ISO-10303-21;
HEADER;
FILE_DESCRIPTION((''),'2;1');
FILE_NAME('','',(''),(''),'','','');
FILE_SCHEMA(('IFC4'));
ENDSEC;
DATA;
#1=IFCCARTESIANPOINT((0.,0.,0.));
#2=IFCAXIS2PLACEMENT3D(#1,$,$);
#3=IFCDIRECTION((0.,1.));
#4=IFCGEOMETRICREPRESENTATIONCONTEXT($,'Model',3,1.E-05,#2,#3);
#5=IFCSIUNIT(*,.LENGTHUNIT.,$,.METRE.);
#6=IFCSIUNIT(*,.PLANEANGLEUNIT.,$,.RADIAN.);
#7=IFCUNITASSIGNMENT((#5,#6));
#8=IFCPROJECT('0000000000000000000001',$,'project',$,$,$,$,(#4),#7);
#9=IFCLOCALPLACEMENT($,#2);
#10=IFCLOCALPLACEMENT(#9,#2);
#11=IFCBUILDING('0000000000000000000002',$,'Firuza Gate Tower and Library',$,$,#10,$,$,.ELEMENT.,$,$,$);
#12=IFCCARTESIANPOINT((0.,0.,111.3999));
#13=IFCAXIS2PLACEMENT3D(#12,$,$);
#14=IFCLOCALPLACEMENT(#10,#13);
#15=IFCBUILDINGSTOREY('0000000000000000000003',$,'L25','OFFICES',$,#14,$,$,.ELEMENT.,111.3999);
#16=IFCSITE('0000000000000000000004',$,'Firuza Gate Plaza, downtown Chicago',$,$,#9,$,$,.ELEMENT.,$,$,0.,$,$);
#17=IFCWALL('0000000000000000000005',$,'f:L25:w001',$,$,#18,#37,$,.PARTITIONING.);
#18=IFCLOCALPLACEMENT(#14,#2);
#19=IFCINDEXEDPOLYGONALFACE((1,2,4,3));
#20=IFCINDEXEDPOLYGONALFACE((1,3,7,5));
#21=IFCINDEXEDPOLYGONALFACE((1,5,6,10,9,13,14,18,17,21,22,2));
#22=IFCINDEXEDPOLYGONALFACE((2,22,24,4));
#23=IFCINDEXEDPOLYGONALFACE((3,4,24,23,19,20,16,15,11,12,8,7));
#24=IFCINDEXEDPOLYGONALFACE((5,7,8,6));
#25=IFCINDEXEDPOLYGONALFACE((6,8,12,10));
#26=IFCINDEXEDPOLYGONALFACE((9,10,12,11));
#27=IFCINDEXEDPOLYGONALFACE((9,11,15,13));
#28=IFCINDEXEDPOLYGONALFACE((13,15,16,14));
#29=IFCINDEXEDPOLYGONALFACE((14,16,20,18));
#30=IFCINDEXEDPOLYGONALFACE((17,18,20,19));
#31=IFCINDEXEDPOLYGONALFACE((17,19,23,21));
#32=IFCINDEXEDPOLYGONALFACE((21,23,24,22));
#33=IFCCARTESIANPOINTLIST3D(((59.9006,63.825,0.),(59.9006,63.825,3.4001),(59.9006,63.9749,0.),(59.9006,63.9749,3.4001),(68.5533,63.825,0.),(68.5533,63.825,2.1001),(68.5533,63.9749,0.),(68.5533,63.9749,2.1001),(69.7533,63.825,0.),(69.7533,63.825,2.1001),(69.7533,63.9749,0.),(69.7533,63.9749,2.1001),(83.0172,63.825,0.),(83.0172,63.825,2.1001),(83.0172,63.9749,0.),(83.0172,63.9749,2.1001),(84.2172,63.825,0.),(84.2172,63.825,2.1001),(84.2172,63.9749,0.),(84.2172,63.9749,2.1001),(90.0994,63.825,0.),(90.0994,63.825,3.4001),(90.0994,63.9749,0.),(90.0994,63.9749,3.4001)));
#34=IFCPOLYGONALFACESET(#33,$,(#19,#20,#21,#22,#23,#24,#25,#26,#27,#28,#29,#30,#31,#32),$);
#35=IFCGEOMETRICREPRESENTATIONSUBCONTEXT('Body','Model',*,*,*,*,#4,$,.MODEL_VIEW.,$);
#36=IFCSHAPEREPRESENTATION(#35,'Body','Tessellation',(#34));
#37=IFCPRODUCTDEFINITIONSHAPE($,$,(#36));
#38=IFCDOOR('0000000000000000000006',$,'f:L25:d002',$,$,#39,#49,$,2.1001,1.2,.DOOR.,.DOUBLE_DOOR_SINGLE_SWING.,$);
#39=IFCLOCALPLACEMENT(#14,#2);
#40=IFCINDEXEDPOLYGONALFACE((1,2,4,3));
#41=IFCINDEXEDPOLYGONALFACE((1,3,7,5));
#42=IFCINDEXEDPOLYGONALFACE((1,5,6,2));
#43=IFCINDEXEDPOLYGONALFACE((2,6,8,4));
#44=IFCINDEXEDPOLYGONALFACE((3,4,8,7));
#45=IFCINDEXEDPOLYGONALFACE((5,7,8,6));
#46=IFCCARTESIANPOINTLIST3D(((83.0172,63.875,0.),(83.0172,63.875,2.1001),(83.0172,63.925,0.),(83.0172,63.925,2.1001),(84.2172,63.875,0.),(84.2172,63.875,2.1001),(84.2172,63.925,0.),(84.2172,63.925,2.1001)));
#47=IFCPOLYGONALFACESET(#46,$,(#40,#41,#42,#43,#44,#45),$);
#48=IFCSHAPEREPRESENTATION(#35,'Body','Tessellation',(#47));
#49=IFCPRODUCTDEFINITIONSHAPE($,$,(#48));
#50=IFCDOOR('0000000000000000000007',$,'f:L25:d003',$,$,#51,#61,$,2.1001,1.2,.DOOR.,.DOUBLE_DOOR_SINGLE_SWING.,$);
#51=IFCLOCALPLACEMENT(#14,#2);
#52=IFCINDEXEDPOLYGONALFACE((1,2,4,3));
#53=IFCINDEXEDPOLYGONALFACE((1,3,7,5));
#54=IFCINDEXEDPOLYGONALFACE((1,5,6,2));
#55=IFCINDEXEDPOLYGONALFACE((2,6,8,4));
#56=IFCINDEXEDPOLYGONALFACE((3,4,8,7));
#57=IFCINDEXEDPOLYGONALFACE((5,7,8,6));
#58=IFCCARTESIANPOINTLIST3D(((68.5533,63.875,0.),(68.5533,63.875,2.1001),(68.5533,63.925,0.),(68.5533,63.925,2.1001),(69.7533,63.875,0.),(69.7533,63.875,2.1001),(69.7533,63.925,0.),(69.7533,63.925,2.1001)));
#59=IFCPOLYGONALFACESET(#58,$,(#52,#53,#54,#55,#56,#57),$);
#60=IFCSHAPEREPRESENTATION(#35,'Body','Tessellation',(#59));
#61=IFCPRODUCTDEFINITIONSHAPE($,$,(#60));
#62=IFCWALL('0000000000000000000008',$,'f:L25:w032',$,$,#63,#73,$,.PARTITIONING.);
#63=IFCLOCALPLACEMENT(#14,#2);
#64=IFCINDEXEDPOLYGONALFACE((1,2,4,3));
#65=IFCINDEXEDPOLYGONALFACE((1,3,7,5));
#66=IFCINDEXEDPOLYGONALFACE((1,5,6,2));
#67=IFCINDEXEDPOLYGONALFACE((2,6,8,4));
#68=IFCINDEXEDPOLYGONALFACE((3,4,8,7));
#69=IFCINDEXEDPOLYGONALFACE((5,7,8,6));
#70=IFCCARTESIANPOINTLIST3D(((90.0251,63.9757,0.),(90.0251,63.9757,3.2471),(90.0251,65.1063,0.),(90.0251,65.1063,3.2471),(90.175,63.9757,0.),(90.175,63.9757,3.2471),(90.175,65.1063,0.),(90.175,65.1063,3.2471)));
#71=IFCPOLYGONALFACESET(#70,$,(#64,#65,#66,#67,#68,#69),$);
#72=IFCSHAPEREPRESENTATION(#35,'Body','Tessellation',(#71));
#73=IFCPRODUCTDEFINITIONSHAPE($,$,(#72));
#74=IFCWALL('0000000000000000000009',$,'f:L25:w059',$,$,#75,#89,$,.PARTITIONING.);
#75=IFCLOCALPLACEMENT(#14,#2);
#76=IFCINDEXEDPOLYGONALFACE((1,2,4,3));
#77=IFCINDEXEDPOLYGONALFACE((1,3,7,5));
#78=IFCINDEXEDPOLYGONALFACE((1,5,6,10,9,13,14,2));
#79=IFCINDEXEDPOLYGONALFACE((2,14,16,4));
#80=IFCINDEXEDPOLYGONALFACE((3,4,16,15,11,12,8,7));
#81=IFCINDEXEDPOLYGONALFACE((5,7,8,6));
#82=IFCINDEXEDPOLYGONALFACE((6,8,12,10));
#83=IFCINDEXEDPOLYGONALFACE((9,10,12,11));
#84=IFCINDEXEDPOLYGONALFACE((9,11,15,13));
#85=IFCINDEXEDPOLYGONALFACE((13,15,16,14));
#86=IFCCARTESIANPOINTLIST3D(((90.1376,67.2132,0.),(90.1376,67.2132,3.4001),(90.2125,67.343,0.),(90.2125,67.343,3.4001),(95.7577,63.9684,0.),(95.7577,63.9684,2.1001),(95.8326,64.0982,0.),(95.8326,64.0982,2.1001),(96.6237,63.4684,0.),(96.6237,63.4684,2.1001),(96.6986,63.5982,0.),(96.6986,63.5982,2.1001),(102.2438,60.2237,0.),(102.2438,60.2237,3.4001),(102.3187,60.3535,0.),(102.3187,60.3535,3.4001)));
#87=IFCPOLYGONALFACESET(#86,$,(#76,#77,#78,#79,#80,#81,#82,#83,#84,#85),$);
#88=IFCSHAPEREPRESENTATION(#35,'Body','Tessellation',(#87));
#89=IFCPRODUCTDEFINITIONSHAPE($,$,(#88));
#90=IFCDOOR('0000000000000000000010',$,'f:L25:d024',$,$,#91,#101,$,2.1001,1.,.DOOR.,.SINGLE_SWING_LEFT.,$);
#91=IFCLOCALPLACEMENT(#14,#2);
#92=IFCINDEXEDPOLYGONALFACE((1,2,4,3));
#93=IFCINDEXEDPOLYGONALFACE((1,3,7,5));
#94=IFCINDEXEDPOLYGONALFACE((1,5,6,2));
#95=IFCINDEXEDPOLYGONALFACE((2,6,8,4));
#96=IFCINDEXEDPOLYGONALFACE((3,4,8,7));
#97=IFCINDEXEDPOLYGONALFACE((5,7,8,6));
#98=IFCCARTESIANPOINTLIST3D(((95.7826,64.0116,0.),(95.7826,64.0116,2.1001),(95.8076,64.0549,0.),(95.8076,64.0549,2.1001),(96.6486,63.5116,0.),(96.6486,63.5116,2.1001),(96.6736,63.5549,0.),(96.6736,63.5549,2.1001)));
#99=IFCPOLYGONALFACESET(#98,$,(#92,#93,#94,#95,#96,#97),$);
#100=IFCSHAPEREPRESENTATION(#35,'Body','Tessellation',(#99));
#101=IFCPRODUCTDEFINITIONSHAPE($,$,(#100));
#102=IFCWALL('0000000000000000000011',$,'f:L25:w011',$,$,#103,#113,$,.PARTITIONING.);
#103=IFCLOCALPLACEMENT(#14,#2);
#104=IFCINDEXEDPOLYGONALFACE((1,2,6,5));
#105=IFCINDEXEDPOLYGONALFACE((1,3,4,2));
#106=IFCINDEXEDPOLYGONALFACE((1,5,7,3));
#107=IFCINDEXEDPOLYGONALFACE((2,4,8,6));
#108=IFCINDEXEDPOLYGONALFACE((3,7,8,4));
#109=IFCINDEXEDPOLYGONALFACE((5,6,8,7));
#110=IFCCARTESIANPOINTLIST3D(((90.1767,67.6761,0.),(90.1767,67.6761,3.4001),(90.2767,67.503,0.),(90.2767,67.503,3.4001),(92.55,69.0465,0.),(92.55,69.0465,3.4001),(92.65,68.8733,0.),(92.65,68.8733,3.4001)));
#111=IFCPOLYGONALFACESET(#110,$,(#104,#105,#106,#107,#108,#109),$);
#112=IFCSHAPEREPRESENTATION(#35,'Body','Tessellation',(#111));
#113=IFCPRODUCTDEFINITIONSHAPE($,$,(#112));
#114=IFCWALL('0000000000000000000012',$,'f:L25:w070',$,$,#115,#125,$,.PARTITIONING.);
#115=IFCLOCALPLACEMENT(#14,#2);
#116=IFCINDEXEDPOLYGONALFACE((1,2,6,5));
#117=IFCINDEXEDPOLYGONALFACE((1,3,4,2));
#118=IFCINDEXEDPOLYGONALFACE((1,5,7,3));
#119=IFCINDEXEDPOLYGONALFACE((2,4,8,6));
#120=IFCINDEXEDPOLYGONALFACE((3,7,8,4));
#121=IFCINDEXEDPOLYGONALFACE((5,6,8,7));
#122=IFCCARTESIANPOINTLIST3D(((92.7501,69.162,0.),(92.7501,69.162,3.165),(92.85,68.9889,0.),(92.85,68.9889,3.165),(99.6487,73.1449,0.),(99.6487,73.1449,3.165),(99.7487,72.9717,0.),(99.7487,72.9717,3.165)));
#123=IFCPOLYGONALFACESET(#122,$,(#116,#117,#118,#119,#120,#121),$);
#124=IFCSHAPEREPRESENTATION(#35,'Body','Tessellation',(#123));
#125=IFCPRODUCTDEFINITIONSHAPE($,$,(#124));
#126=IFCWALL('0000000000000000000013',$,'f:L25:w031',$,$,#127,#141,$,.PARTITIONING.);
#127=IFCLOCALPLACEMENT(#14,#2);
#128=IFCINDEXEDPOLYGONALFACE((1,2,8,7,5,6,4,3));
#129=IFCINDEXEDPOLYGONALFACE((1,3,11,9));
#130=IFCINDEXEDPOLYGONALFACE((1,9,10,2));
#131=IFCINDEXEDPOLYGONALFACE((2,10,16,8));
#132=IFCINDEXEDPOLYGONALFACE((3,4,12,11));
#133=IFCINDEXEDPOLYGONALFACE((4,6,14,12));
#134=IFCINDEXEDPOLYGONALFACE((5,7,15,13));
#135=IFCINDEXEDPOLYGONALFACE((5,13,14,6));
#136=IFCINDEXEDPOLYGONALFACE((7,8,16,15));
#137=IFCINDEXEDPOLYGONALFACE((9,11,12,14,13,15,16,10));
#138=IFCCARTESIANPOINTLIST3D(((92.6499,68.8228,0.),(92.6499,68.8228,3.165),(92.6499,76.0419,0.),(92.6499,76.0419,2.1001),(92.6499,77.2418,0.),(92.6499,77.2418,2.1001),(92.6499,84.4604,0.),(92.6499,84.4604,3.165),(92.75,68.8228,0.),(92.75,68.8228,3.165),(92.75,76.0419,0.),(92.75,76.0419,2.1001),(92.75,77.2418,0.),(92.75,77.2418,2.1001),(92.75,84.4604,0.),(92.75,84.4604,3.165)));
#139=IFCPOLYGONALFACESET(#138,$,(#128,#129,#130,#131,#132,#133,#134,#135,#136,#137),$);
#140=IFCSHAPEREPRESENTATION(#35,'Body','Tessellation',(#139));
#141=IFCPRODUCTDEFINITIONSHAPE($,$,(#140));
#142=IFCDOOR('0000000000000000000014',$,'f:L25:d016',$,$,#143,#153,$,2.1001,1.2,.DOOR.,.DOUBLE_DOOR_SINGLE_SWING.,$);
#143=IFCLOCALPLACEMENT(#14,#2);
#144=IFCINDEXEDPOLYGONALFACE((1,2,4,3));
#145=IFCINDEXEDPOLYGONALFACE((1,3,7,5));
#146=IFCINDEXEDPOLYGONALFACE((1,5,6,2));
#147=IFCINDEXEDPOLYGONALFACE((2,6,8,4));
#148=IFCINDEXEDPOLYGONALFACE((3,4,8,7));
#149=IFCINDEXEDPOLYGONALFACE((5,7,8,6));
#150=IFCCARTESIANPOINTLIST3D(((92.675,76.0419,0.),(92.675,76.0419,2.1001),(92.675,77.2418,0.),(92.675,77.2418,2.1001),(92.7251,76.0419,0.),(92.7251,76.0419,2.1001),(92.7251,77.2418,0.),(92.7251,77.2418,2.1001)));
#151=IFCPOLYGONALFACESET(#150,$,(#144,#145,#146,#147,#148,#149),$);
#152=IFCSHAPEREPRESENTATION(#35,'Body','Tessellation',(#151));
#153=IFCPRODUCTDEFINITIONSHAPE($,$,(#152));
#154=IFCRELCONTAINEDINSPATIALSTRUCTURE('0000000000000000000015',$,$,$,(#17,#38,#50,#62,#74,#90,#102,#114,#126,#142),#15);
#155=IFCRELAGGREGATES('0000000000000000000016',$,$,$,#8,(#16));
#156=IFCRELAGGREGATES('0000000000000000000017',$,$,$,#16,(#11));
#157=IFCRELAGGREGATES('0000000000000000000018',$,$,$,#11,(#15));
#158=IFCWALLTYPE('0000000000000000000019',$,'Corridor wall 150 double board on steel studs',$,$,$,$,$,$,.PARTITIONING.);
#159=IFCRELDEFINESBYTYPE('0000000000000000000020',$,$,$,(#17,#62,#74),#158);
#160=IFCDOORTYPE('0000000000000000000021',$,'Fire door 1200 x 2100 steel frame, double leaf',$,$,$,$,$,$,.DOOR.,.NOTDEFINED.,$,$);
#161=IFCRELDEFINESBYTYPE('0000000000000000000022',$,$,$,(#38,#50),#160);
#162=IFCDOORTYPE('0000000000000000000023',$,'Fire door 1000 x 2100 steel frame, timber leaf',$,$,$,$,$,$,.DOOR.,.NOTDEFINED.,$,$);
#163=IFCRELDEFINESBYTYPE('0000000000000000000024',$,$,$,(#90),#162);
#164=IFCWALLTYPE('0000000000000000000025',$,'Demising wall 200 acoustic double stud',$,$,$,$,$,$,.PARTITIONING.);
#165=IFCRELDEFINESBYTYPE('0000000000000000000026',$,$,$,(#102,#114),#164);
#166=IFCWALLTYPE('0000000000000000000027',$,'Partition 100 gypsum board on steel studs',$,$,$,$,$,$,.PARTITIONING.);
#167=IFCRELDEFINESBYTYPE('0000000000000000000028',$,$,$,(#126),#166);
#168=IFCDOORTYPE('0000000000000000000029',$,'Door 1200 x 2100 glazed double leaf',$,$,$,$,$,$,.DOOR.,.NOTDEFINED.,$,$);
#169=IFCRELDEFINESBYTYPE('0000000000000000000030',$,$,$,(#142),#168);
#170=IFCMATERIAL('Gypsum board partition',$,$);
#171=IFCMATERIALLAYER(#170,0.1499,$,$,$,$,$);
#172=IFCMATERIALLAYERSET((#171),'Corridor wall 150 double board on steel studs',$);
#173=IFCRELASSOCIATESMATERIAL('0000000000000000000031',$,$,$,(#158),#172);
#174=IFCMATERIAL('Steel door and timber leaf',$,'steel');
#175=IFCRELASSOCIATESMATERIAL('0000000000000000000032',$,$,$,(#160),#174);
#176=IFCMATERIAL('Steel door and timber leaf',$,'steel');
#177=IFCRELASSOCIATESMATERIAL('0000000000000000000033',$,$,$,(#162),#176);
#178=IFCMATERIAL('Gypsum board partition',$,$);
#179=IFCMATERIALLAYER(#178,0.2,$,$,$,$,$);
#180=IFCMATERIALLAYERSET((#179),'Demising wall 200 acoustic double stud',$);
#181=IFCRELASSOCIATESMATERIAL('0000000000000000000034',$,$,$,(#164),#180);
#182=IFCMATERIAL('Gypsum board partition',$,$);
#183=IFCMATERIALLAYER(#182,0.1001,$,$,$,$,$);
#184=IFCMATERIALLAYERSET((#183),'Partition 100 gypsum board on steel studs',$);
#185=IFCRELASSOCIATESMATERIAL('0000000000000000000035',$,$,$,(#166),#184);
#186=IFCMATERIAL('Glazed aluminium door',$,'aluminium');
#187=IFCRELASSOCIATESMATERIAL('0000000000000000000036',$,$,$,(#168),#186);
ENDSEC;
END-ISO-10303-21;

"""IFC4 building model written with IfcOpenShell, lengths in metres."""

from ifc_helpers import new_model, si_unit, direction, frame, frame_2d, origin, place, context, subcontext, project, spatial, rectangle, extrude, material, layer, layer_set, type_object, element, fill, save


model = new_model("IFC4")

# Units and contexts
model_context = context("Model", 3, precision=1e-05, world=origin(), true_north=direction((0.0, 1.0)))
body_context = subcontext(model_context, "Body", "Model", "MODEL_VIEW")
ifc_project = project(units=[si_unit("LENGTHUNIT", "METRE"), si_unit("PLANEANGLEUNIT", "RADIAN")], contexts=[model_context])

# Site, building, storey
site_placement = place(None, origin())
site = spatial("IfcSite", under=ifc_project, at=site_placement, Name="Firuza Gate Plaza, downtown Chicago", CompositionType="ELEMENT", RefElevation=0.0)
building_placement = place(site_placement, origin())
building = spatial("IfcBuilding", under=site, at=building_placement, Name="Firuza Gate Tower and Library", CompositionType="ELEMENT")
storey_placement = place(building_placement, frame((0.0, 0.0, 111.3999)))
storey = spatial("IfcBuildingStorey", under=building, at=storey_placement, Name="L25", Description="OFFICES", CompositionType="ELEMENT", Elevation=111.3999)

# Wall, openings, doors
ifc_material_1 = material(Name="Gypsum board partition")
ifc_layer_1 = layer(ifc_material_1, 0.1499)
ifc_layer_set_1 = layer_set([ifc_layer_1], Name="Corridor wall 150 double board on steel studs")
wall_type_1 = type_object("IfcWallType", Name="Corridor wall 150 double board on steel studs", PredefinedType="PARTITIONING", material=ifc_layer_set_1)
wall_1_placement = place(storey_placement, frame((90.0994, 63.8999, 0.0), z_axis=(0.0, 0.0, 1.0), x_axis=(-1.0, 0.0, 0.0)))
wall_1 = element("IfcWall", 1, at=wall_1_placement, inside=storey, type_object=wall_type_1, Name="f:L25:w001", PredefinedType="PARTITIONING", context=body_context, shape_type="SweptSolid", body=[
    extrude(rectangle(XDim=30.1987, YDim=0.1499, at=frame_2d((15.0994, 0.0))), origin(), (0.0, 0.0, 1.0), 3.4001),
])
opening_1_placement = place(wall_1_placement, frame((5.8821, 0.0, 0.0)))
opening_1 = element("IfcOpeningElement", 2, at=opening_1_placement, cuts=wall_1, PredefinedType="OPENING", context=body_context, shape_type="SweptSolid", body=[
    extrude(rectangle(XDim=1.2, YDim=2.1001, at=frame_2d((0.6001, 1.05))), frame((0.0, 0.085, 0.0), z_axis=(0.0, -1.0, 0.0), x_axis=(1.0, 0.0, 0.0)), (0.0, 0.0, 1.0), 0.1699),
])
opening_2_placement = place(wall_1_placement, frame((20.3459, 0.0, 0.0)))
opening_2 = element("IfcOpeningElement", 3, at=opening_2_placement, cuts=wall_1, PredefinedType="OPENING", context=body_context, shape_type="SweptSolid", body=[
    extrude(rectangle(XDim=1.2, YDim=2.1001, at=frame_2d((0.6001, 1.05))), frame((0.0, 0.085, 0.0), z_axis=(0.0, -1.0, 0.0), x_axis=(1.0, 0.0, 0.0)), (0.0, 0.0, 1.0), 0.1699),
])
ifc_material_2 = material(Name="Steel door and timber leaf", Category="steel")
door_type_1 = type_object("IfcDoorType", Name="Fire door 1200 x 2100 steel frame, double leaf", OperationType="NOTDEFINED", PredefinedType="DOOR", material=ifc_material_2)
door_1_placement = place(opening_1_placement, origin())
door_1 = element("IfcDoor", 4, at=door_1_placement, inside=storey, type_object=door_type_1, Name="f:L25:d002", OperationType="DOUBLE_DOOR_SINGLE_SWING", OverallHeight=2.1001, OverallWidth=1.2, PredefinedType="DOOR", context=body_context, shape_type="SweptSolid", body=[
    extrude(rectangle(XDim=1.2, YDim=2.1001, at=frame_2d((0.6001, 1.05))), frame((0.0, 0.0249, 0.0), z_axis=(0.0, -1.0, 0.0), x_axis=(1.0, 0.0, 0.0)), (0.0, 0.0, 1.0), 0.05),
])
fill(opening_1, door_1)
door_2_placement = place(opening_2_placement, origin())
door_2 = element("IfcDoor", 5, at=door_2_placement, inside=storey, type_object=door_type_1, Name="f:L25:d003", OperationType="DOUBLE_DOOR_SINGLE_SWING", OverallHeight=2.1001, OverallWidth=1.2, PredefinedType="DOOR", context=body_context, shape_type="SweptSolid", body=[
    extrude(rectangle(XDim=1.2, YDim=2.1001, at=frame_2d((0.6001, 1.05))), frame((0.0, 0.0249, 0.0), z_axis=(0.0, -1.0, 0.0), x_axis=(1.0, 0.0, 0.0)), (0.0, 0.0, 1.0), 0.05),
])
fill(opening_2, door_2)

# Wall
wall_2_placement = place(storey_placement, frame((90.1001, 63.9756, 0.0), z_axis=(0.0, 0.0, 1.0), x_axis=(0.0, 1.0, 0.0)))
element("IfcWall", 6, at=wall_2_placement, inside=storey, type_object=wall_type_1, Name="f:L25:w032", PredefinedType="PARTITIONING", context=body_context, shape_type="SweptSolid", body=[
    extrude(rectangle(XDim=1.1306, YDim=0.1499, at=frame_2d((0.5654, 0.0))), origin(), (0.0, 0.0, 1.0), 3.2471),
])

# Wall, opening, door
wall_3_placement = place(storey_placement, frame((90.175, 67.2781, 0.0), z_axis=(0.0, 0.0, 1.0), x_axis=(0.866026, -0.499999, 0.0)))
wall_3 = element("IfcWall", 7, at=wall_3_placement, inside=storey, type_object=wall_type_1, Name="f:L25:w059", PredefinedType="PARTITIONING", context=body_context, shape_type="SweptSolid", body=[
    extrude(rectangle(XDim=13.979, YDim=0.1499, at=frame_2d((6.9895, 0.0))), origin(), (0.0, 0.0, 1.0), 3.4001),
])
opening_3_placement = place(wall_3_placement, frame((6.4895, 0.0, 0.0)))
opening_3 = element("IfcOpeningElement", 8, at=opening_3_placement, cuts=wall_3, PredefinedType="OPENING", context=body_context, shape_type="SweptSolid", body=[
    extrude(rectangle(XDim=1.0, YDim=2.1001, at=frame_2d((0.5, 1.05))), frame((0.0, 0.085, 0.0), z_axis=(0.0, -1.0, 0.0), x_axis=(1.0, 0.0, 0.0)), (0.0, 0.0, 1.0), 0.1699),
])
ifc_material_3 = material(Name="Steel door and timber leaf", Category="steel")
door_type_2 = type_object("IfcDoorType", Name="Fire door 1000 x 2100 steel frame, timber leaf", OperationType="NOTDEFINED", PredefinedType="DOOR", material=ifc_material_3)
door_3_placement = place(opening_3_placement, origin())
door_3 = element("IfcDoor", 9, at=door_3_placement, inside=storey, type_object=door_type_2, Name="f:L25:d024", OperationType="SINGLE_SWING_LEFT", OverallHeight=2.1001, OverallWidth=1.0, PredefinedType="DOOR", context=body_context, shape_type="SweptSolid", body=[
    extrude(rectangle(XDim=1.0, YDim=2.1001, at=frame_2d((0.5, 1.05))), frame((0.0, 0.0249, 0.0), z_axis=(0.0, -1.0, 0.0), x_axis=(1.0, 0.0, 0.0)), (0.0, 0.0, 1.0), 0.05),
])
fill(opening_3, door_3)

# Walls
ifc_material_4 = material(Name="Gypsum board partition")
ifc_layer_2 = layer(ifc_material_4, 0.2)
ifc_layer_set_2 = layer_set([ifc_layer_2], Name="Demising wall 200 acoustic double stud")
wall_type_2 = type_object("IfcWallType", Name="Demising wall 200 acoustic double stud", PredefinedType="PARTITIONING", material=ifc_layer_set_2)
wall_4_placement = place(storey_placement, frame((90.2268, 67.5896, 0.0), z_axis=(0.0, 0.0, 1.0), x_axis=(0.866003, 0.500039, 0.0)))
element("IfcWall", 10, at=wall_4_placement, inside=storey, type_object=wall_type_2, Name="f:L25:w011", PredefinedType="PARTITIONING", context=body_context, shape_type="SweptSolid", body=[
    extrude(rectangle(XDim=2.7405, YDim=0.2, at=frame_2d((1.3701, 0.0))), origin(), (0.0, 0.0, 1.0), 3.4001),
])
wall_5_placement = place(storey_placement, frame((92.8, 69.0754, 0.0), z_axis=(0.0, 0.0, 1.0), x_axis=(0.866028, 0.499996, 0.0)))
element("IfcWall", 11, at=wall_5_placement, inside=storey, type_object=wall_type_2, Name="f:L25:w070", PredefinedType="PARTITIONING", context=body_context, shape_type="SweptSolid", body=[
    extrude(rectangle(XDim=7.9658, YDim=0.2, at=frame_2d((3.9829, 0.0))), origin(), (0.0, 0.0, 1.0), 3.165),
])

# Wall, opening, door
ifc_material_5 = material(Name="Gypsum board partition")
ifc_layer_3 = layer(ifc_material_5, 0.1001)
ifc_layer_set_3 = layer_set([ifc_layer_3], Name="Partition 100 gypsum board on steel studs")
wall_type_3 = type_object("IfcWallType", Name="Partition 100 gypsum board on steel studs", PredefinedType="PARTITIONING", material=ifc_layer_set_3)
wall_6_placement = place(storey_placement, frame((92.7, 68.8228, 0.0), z_axis=(0.0, 0.0, 1.0), x_axis=(0.0, 1.0, 0.0)))
wall_6 = element("IfcWall", 12, at=wall_6_placement, inside=storey, type_object=wall_type_3, Name="f:L25:w031", PredefinedType="PARTITIONING", context=body_context, shape_type="SweptSolid", body=[
    extrude(rectangle(XDim=15.6377, YDim=0.1001, at=frame_2d((7.8188, 0.0))), origin(), (0.0, 0.0, 1.0), 3.165),
])
opening_4_placement = place(wall_6_placement, frame((7.219, 0.0, 0.0)))
opening_4 = element("IfcOpeningElement", 13, at=opening_4_placement, cuts=wall_6, PredefinedType="OPENING", context=body_context, shape_type="SweptSolid", body=[
    extrude(rectangle(XDim=1.2, YDim=2.1001, at=frame_2d((0.6001, 1.05))), frame((0.0, 0.0601, 0.0), z_axis=(0.0, -1.0, 0.0), x_axis=(1.0, 0.0, 0.0)), (0.0, 0.0, 1.0), 0.1201),
])
ifc_material_6 = material(Name="Glazed aluminium door", Category="aluminium")
door_type_3 = type_object("IfcDoorType", Name="Door 1200 x 2100 glazed double leaf", OperationType="NOTDEFINED", PredefinedType="DOOR", material=ifc_material_6)
door_4_placement = place(opening_4_placement, origin())
door_4 = element("IfcDoor", 14, at=door_4_placement, inside=storey, type_object=door_type_3, Name="f:L25:d016", OperationType="DOUBLE_DOOR_SINGLE_SWING", OverallHeight=2.1001, OverallWidth=1.2, PredefinedType="DOOR", context=body_context, shape_type="SweptSolid", body=[
    extrude(rectangle(XDim=1.2, YDim=2.1001, at=frame_2d((0.6001, 1.05))), frame((0.0, 0.0249, 0.0), z_axis=(0.0, -1.0, 0.0), x_axis=(1.0, 0.0, 0.0)), (0.0, 0.0, 1.0), 0.05),
])
fill(opening_4, door_4)

save(model, "model.ifc")
